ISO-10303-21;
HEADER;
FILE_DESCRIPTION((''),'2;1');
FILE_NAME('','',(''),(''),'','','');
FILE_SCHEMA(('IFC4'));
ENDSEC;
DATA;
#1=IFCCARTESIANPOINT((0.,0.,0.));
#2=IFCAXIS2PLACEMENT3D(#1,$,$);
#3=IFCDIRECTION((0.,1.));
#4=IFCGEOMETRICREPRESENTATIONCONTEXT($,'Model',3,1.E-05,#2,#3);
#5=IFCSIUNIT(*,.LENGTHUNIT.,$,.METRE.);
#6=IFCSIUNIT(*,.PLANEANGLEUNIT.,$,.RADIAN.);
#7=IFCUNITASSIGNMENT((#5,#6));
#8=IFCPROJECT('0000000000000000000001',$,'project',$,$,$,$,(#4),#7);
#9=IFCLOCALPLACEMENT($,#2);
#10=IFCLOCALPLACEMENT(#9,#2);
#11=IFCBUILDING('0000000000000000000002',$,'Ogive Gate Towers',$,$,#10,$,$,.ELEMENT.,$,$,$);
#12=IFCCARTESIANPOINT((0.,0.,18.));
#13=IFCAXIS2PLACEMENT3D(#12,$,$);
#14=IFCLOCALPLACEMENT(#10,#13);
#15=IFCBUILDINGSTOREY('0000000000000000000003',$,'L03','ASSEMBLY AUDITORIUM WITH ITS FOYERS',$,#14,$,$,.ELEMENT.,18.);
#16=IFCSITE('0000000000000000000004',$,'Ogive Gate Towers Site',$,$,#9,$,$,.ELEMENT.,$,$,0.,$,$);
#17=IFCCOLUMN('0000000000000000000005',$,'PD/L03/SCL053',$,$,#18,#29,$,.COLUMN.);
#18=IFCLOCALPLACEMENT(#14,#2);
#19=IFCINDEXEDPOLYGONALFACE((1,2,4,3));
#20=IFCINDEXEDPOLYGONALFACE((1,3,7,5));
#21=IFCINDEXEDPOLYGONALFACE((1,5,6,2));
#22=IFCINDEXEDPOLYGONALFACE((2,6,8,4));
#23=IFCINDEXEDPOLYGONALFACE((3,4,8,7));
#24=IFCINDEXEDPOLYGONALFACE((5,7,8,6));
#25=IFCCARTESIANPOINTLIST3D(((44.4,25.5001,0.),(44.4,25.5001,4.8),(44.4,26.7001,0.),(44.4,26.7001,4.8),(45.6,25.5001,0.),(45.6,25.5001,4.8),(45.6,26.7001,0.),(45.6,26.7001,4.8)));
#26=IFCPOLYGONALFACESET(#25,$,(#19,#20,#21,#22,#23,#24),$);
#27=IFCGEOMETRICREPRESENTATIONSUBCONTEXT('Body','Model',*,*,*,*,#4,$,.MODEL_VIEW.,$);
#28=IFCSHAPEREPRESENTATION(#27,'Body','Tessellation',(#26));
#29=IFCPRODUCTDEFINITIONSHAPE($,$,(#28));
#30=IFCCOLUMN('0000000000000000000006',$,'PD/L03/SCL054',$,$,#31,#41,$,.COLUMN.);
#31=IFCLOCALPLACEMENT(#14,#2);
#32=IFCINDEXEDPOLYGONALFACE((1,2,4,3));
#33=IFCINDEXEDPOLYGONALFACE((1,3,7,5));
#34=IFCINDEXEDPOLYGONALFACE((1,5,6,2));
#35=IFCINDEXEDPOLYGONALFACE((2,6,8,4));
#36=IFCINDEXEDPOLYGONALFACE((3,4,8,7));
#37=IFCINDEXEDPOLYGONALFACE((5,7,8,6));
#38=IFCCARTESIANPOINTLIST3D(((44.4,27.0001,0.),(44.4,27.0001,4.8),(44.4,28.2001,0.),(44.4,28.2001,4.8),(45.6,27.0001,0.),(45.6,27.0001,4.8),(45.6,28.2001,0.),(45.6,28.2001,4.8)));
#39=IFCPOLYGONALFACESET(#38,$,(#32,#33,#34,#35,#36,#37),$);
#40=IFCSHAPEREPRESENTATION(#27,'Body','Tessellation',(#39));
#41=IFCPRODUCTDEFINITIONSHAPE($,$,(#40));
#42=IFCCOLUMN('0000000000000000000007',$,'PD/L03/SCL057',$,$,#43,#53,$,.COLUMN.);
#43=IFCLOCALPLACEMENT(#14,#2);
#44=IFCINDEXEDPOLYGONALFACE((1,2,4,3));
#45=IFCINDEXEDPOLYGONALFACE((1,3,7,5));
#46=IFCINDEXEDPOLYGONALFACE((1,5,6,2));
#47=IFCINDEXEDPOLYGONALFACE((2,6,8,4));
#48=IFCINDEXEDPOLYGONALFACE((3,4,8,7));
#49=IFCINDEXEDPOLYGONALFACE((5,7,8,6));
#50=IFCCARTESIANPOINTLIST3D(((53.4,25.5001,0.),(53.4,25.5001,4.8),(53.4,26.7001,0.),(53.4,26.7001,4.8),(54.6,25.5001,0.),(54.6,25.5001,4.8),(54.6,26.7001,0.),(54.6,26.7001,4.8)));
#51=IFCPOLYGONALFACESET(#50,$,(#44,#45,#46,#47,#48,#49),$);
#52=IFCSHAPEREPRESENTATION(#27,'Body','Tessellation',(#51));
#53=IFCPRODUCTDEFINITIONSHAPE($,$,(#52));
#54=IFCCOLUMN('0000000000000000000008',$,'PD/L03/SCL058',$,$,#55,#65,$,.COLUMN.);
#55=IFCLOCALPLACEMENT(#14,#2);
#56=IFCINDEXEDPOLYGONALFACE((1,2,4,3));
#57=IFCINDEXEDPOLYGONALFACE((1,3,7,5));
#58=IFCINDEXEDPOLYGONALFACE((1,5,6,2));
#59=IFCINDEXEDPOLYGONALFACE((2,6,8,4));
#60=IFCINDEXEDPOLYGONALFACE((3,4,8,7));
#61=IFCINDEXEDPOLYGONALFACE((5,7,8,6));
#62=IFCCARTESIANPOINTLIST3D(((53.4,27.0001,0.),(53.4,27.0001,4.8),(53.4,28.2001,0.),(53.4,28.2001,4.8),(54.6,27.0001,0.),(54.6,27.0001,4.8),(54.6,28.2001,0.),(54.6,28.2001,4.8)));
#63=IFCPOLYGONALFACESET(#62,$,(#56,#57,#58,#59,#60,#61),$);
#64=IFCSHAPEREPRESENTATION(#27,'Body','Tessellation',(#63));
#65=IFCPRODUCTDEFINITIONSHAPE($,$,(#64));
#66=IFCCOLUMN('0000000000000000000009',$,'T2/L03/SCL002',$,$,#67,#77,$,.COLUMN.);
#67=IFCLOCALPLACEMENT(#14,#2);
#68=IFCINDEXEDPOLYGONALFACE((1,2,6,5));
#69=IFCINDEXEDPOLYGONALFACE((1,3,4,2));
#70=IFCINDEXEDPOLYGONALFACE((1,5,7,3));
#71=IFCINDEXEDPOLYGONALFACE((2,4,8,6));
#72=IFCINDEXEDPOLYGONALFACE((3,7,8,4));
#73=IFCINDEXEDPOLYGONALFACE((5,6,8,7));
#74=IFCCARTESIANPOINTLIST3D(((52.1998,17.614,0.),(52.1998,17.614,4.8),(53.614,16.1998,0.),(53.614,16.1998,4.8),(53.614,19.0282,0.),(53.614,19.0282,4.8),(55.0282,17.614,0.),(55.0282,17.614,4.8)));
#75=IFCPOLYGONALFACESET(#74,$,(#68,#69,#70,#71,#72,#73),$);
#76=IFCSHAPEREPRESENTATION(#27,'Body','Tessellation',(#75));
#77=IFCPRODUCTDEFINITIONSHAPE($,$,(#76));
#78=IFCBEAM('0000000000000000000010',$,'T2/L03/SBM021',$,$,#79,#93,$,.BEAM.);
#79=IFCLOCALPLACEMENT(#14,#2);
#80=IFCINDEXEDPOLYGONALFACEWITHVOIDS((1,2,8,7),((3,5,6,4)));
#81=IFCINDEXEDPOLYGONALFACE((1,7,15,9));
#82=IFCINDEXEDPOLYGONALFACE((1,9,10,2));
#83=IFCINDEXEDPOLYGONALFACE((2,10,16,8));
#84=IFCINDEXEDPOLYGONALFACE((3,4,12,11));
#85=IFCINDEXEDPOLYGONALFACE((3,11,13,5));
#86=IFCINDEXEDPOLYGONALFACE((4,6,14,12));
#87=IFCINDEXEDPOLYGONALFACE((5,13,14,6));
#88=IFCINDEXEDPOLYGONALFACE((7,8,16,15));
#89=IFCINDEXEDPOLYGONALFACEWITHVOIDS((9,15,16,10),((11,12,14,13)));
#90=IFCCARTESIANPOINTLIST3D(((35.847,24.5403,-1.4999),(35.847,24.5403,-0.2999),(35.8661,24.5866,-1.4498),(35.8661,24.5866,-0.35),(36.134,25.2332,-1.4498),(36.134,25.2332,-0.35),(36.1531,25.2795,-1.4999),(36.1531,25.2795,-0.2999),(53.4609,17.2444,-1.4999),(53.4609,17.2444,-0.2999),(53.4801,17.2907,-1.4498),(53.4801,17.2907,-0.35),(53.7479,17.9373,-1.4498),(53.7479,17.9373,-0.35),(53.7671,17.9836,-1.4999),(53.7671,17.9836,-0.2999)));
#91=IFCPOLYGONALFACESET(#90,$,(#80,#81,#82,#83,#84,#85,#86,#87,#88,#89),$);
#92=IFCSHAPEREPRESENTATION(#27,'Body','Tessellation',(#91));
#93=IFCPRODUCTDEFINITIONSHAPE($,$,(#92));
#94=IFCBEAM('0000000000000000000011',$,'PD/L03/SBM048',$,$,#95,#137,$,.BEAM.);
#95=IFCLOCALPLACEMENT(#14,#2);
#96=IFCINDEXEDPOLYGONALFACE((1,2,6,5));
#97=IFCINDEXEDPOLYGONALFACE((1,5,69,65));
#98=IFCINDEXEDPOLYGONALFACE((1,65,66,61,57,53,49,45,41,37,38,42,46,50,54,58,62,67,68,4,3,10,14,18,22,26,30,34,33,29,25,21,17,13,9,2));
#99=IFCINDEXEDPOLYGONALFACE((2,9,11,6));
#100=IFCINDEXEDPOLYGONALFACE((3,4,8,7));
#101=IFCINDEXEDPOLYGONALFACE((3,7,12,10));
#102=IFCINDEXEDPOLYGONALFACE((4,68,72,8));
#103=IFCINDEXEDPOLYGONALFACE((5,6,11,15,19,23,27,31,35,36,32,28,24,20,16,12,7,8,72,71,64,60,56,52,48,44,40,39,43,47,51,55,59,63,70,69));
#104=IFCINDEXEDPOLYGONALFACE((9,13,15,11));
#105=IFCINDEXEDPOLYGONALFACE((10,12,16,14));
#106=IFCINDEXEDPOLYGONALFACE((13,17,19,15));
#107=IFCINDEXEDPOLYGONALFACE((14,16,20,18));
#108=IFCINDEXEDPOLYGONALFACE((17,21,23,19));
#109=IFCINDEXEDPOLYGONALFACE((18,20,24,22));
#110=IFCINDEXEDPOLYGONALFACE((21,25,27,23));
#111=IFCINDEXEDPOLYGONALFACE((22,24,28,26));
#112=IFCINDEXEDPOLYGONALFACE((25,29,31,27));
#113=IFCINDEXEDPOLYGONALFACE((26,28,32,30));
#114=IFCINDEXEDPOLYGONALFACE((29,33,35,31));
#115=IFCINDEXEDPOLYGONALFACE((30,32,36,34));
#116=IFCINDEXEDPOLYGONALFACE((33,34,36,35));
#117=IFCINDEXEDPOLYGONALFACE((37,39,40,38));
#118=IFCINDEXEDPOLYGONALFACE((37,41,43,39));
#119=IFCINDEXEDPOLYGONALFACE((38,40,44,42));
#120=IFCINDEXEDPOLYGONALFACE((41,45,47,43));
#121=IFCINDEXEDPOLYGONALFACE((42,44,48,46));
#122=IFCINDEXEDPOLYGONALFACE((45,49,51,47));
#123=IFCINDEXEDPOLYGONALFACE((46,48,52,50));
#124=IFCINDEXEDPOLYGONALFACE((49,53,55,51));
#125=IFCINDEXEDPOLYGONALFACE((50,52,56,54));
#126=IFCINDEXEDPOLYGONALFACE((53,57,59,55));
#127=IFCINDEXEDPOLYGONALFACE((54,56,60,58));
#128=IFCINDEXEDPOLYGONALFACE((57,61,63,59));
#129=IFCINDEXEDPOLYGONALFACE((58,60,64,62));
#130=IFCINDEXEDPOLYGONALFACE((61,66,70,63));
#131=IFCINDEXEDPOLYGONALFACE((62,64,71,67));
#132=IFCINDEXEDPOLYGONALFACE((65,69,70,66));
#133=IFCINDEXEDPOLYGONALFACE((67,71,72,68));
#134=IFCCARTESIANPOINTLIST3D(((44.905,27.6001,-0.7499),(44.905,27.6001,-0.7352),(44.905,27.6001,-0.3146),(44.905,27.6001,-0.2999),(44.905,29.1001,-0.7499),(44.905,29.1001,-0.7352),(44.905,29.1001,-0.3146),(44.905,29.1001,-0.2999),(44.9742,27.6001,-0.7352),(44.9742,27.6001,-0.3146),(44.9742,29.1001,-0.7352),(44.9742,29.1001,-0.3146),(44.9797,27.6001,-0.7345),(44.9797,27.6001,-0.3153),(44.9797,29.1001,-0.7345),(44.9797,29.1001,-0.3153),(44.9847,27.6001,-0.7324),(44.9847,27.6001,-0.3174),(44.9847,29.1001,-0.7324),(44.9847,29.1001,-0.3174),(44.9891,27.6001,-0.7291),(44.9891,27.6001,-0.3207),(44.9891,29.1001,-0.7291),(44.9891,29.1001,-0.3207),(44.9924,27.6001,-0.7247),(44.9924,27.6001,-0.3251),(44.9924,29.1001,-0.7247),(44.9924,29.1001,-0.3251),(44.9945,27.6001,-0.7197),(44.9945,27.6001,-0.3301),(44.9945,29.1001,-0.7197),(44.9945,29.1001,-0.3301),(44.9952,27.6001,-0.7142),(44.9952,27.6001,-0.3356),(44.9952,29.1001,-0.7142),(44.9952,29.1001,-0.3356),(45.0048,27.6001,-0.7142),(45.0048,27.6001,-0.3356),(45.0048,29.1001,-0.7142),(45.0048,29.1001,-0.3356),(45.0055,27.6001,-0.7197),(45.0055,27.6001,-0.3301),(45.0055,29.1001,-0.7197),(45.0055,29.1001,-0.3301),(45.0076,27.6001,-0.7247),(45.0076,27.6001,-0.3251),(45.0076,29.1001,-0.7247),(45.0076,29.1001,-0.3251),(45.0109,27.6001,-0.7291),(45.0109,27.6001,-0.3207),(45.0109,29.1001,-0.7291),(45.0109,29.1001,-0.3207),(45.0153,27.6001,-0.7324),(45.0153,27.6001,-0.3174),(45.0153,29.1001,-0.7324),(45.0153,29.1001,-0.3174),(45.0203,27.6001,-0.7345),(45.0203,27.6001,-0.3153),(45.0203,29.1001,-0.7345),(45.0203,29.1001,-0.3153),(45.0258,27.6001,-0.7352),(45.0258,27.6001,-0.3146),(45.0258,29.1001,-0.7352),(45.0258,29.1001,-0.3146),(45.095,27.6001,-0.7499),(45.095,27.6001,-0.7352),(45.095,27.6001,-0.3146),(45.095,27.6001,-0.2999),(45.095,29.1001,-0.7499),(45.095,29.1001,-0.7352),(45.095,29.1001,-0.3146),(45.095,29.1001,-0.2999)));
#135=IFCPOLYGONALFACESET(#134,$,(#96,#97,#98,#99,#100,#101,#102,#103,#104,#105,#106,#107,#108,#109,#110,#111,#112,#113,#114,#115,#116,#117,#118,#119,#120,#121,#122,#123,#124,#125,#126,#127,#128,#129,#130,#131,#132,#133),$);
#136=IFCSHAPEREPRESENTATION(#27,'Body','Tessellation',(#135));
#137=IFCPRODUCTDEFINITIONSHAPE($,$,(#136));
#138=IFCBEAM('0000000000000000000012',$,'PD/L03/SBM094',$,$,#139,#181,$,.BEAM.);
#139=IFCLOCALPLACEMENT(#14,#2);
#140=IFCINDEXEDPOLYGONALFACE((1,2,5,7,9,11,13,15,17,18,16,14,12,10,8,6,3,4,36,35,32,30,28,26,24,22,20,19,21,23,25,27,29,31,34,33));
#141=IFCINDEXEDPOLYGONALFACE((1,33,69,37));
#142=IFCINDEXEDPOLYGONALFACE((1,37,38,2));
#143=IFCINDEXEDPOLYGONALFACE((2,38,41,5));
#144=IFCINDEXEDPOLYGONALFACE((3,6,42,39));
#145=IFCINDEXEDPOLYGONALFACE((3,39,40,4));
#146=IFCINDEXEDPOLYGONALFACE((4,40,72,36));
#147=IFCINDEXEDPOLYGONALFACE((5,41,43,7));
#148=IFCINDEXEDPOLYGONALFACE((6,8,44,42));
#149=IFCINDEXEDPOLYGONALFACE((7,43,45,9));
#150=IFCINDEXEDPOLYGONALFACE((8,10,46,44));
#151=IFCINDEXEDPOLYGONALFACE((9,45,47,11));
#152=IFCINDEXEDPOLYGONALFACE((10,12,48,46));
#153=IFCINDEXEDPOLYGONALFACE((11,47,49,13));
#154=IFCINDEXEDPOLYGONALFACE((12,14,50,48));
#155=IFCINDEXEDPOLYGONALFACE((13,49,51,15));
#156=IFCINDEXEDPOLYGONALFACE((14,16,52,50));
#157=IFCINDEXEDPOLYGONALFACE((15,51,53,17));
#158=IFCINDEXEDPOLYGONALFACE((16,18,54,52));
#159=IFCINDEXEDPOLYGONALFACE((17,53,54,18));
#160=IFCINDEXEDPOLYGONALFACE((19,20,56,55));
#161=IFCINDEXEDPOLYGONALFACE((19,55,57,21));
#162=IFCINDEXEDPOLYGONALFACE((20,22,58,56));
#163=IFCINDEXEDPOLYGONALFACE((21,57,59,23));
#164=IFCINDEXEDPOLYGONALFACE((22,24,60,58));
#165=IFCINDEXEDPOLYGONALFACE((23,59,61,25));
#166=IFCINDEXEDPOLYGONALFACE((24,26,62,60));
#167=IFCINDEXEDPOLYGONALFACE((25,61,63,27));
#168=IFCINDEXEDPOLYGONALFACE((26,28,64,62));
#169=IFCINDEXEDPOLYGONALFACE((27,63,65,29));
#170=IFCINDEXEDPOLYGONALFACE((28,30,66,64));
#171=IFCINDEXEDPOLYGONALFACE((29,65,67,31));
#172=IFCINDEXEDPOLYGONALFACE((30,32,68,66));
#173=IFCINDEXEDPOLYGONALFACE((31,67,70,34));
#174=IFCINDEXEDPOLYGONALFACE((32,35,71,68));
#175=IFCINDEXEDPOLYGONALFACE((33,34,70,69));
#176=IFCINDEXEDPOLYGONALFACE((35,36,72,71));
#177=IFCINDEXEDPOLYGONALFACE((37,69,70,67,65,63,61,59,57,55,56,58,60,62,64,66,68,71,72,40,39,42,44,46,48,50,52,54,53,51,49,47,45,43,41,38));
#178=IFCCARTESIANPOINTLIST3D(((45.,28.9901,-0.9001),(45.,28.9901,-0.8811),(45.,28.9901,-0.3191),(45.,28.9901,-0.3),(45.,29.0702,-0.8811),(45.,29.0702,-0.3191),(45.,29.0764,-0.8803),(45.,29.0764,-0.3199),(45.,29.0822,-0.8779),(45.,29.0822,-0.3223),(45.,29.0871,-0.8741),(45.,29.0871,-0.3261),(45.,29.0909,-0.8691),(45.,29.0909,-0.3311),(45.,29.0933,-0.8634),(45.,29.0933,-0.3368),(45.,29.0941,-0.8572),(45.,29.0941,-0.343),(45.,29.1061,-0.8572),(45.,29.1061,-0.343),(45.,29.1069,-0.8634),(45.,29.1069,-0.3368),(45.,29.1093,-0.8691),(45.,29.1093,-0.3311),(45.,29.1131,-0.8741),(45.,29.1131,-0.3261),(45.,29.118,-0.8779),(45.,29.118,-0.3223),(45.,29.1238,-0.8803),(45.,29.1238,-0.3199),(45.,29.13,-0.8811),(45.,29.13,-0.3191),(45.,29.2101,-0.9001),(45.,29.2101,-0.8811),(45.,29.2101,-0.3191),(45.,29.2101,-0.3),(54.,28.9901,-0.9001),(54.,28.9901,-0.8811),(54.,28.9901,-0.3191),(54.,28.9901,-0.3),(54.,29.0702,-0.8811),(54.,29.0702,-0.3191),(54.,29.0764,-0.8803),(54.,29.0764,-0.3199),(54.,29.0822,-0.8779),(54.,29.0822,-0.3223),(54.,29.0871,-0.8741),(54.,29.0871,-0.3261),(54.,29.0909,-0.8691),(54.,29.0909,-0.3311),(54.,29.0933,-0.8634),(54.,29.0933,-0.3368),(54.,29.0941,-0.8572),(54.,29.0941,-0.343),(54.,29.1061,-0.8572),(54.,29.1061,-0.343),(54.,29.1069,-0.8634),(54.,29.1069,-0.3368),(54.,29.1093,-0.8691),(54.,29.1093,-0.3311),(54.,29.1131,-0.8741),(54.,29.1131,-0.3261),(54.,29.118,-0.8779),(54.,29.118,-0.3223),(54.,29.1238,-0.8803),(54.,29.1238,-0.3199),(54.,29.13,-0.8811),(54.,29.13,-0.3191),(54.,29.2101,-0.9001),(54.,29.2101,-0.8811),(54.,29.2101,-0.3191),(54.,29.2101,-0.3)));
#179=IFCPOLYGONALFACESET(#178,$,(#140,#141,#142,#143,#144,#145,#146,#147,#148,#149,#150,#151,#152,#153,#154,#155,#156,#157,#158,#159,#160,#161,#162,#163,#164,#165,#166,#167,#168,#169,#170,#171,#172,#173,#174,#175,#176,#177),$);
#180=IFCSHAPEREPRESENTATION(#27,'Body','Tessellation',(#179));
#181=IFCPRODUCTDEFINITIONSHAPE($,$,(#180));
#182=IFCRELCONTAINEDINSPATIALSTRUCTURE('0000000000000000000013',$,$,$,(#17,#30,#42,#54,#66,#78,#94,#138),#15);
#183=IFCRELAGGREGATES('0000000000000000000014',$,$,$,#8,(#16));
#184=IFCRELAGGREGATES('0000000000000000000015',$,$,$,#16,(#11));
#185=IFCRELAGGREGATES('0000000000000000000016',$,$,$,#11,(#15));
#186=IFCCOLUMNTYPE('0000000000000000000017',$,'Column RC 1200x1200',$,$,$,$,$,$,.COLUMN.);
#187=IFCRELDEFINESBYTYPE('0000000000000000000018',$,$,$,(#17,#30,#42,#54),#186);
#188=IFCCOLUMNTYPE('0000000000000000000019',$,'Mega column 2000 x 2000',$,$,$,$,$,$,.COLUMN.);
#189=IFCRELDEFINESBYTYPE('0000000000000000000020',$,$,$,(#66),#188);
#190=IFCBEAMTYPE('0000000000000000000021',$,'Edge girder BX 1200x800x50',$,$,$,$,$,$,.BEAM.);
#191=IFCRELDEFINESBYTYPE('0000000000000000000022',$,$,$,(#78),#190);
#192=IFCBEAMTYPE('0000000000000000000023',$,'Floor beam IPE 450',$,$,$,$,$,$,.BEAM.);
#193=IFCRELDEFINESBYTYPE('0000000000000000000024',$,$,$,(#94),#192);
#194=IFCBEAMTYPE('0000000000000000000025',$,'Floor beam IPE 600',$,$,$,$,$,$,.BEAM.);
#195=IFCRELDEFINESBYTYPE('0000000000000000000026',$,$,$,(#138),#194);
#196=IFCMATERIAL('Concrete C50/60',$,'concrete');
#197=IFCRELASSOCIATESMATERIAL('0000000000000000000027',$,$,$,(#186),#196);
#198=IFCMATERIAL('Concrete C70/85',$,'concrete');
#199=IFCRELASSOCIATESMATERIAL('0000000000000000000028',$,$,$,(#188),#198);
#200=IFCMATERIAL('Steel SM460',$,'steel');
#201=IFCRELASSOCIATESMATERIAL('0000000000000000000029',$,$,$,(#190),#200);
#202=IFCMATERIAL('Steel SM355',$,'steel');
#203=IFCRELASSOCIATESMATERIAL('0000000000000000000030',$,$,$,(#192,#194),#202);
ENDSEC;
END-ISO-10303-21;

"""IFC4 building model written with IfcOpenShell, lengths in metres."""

from ifc_helpers import new_model, si_unit, direction, frame, origin, origin_2d, place, context, subcontext, project, spatial, rectangle, hollow_rectangle, i_section, extrude, material, material_profile, profile_set, type_object, element, save


model = new_model("IFC4")

# Units and contexts
model_context = context("Model", 3, precision=1e-05, world=origin(), true_north=direction((0.0, 1.0)))
body_context = subcontext(model_context, "Body", "Model", "MODEL_VIEW")
ifc_project = project(units=[si_unit("LENGTHUNIT", "METRE"), si_unit("PLANEANGLEUNIT", "RADIAN")], contexts=[model_context])

# Site, building, storey
site_placement = place(None, origin())
site = spatial("IfcSite", under=ifc_project, at=site_placement, Name="Ogive Gate Towers Site", CompositionType="ELEMENT", RefElevation=0.0)
building_placement = place(site_placement, origin())
building = spatial("IfcBuilding", under=site, at=building_placement, Name="Ogive Gate Towers", CompositionType="ELEMENT")
storey_placement = place(building_placement, frame((0.0, 0.0, 18.0)))
storey = spatial("IfcBuildingStorey", under=building, at=storey_placement, Name="L03", Description="ASSEMBLY AUDITORIUM WITH ITS FOYERS", CompositionType="ELEMENT", Elevation=18.0)

# Columns
ifc_material_1 = material(Name="Concrete C50/60", Category="concrete")
ifc_material_profile_1 = material_profile(ifc_material_1, rectangle(XDim=1.2, YDim=1.2, at=origin_2d()), Name="RC 1200x1200")
ifc_profile_set_1 = profile_set([ifc_material_profile_1], Name="Concrete C50/60")
column_type_1 = type_object("IfcColumnType", Name="Column RC 1200x1200", PredefinedType="COLUMN", material=ifc_profile_set_1)
for number, where, z_axis, x_axis, name in (
    (1, (45.0, 26.1001, 0.0), (0.0, 0.0, 1.0), (1.0, 0.0, 0.0), "PD/L03/SCL053"),
    (2, (45.0, 27.6001, 0.0), (0.0, 0.0, 1.0), (1.0, 0.0, 0.0), "PD/L03/SCL054"),
    (3, (54.0, 26.1001, 0.0), (0.0, 0.0, 1.0), (1.0, 0.0, 0.0), "PD/L03/SCL057"),
    (4, (54.0, 27.6001, 0.0), (0.0, 0.0, 1.0), (1.0, 0.0, 0.0), "PD/L03/SCL058"),
):
    element("IfcColumn", number, at=place(storey_placement, frame(where, z_axis=z_axis, x_axis=x_axis)), inside=storey, type_object=column_type_1, Name=name, PredefinedType="COLUMN", context=body_context, shape_type="SweptSolid", body=[
        extrude(rectangle(XDim=1.2, YDim=1.2, at=origin_2d()), origin(), (0.0, 0.0, 1.0), 4.8),
    ])
ifc_material_2 = material(Name="Concrete C70/85", Category="concrete")
ifc_material_profile_2 = material_profile(ifc_material_2, rectangle(XDim=2.0, YDim=2.0, at=origin_2d()), Name="RC 2000x2000")
ifc_profile_set_2 = profile_set([ifc_material_profile_2], Name="Concrete C70/85")
column_type_2 = type_object("IfcColumnType", Name="Mega column 2000 x 2000", PredefinedType="COLUMN", material=ifc_profile_set_2)
column_placement = place(storey_placement, frame((53.614, 17.614, 0.0), z_axis=(0.0, 0.0, 1.0), x_axis=(0.707107, 0.707107, 0.0)))
element("IfcColumn", 5, at=column_placement, inside=storey, type_object=column_type_2, Name="T2/L03/SCL002", PredefinedType="COLUMN", context=body_context, shape_type="SweptSolid", body=[
    extrude(rectangle(XDim=2.0, YDim=2.0, at=origin_2d()), origin(), (0.0, 0.0, 1.0), 4.8),
])

# Beams
ifc_material_3 = material(Name="Steel SM460", Category="steel")
ifc_material_profile_3 = material_profile(ifc_material_3, hollow_rectangle(XDim=0.8, YDim=1.2, WallThickness=0.05, at=origin_2d()), Name="BX 1200x800x50")
ifc_profile_set_3 = profile_set([ifc_material_profile_3], Name="Steel SM460")
beam_type_1 = type_object("IfcBeamType", Name="Edge girder BX 1200x800x50", PredefinedType="BEAM", material=ifc_profile_set_3)
beam_1_placement = place(storey_placement, frame((53.614, 17.614, -0.8999), z_axis=(-0.923881, 0.382681, 0.0), x_axis=(-0.382681, -0.923881, 0.0)))
element("IfcBeam", 6, at=beam_1_placement, inside=storey, type_object=beam_type_1, Name="T2/L03/SBM021", PredefinedType="BEAM", context=body_context, shape_type="SweptSolid", body=[
    extrude(hollow_rectangle(XDim=0.8, YDim=1.2, WallThickness=0.05, at=origin_2d()), origin(), (0.0, 0.0, 1.0), 19.0652),
])
ifc_material_4 = material(Name="Steel SM355", Category="steel")
ifc_material_profile_4 = material_profile(ifc_material_4, i_section(OverallWidth=0.1899, OverallDepth=0.45, WebThickness=0.0095, FlangeThickness=0.0146, FilletRadius=0.021, at=origin_2d()), Name="IPE 450")
ifc_profile_set_4 = profile_set([ifc_material_profile_4], Name="Steel SM355")
beam_type_2 = type_object("IfcBeamType", Name="Floor beam IPE 450", PredefinedType="BEAM", material=ifc_profile_set_4)
beam_2_placement = place(storey_placement, frame((45.0, 27.6001, -0.5249), z_axis=(0.0, 1.0, 0.0), x_axis=(-1.0, 0.0, 0.0)))
element("IfcBeam", 7, at=beam_2_placement, inside=storey, type_object=beam_type_2, Name="PD/L03/SBM048", PredefinedType="BEAM", context=body_context, shape_type="SweptSolid", body=[
    extrude(i_section(OverallWidth=0.1899, OverallDepth=0.45, WebThickness=0.0095, FlangeThickness=0.0146, FilletRadius=0.021, at=origin_2d()), origin(), (0.0, 0.0, 1.0), 1.5),
])
ifc_material_profile_5 = material_profile(ifc_material_4, i_section(OverallWidth=0.22, OverallDepth=0.6001, WebThickness=0.012, FlangeThickness=0.019, FilletRadius=0.0239, at=origin_2d()), Name="IPE 600")
ifc_profile_set_5 = profile_set([ifc_material_profile_5], Name="Steel SM355")
beam_type_3 = type_object("IfcBeamType", Name="Floor beam IPE 600", PredefinedType="BEAM", material=ifc_profile_set_5)
beam_3_placement = place(storey_placement, frame((45.0, 29.1001, -0.6001), z_axis=(1.0, 0.0, 0.0), x_axis=(0.0, 1.0, 0.0)))
element("IfcBeam", 8, at=beam_3_placement, inside=storey, type_object=beam_type_3, Name="PD/L03/SBM094", PredefinedType="BEAM", context=body_context, shape_type="SweptSolid", body=[
    extrude(i_section(OverallWidth=0.22, OverallDepth=0.6001, WebThickness=0.012, FlangeThickness=0.019, FilletRadius=0.0239, at=origin_2d()), origin(), (0.0, 0.0, 1.0), 9.0),
])

save(model, "model.ifc")
